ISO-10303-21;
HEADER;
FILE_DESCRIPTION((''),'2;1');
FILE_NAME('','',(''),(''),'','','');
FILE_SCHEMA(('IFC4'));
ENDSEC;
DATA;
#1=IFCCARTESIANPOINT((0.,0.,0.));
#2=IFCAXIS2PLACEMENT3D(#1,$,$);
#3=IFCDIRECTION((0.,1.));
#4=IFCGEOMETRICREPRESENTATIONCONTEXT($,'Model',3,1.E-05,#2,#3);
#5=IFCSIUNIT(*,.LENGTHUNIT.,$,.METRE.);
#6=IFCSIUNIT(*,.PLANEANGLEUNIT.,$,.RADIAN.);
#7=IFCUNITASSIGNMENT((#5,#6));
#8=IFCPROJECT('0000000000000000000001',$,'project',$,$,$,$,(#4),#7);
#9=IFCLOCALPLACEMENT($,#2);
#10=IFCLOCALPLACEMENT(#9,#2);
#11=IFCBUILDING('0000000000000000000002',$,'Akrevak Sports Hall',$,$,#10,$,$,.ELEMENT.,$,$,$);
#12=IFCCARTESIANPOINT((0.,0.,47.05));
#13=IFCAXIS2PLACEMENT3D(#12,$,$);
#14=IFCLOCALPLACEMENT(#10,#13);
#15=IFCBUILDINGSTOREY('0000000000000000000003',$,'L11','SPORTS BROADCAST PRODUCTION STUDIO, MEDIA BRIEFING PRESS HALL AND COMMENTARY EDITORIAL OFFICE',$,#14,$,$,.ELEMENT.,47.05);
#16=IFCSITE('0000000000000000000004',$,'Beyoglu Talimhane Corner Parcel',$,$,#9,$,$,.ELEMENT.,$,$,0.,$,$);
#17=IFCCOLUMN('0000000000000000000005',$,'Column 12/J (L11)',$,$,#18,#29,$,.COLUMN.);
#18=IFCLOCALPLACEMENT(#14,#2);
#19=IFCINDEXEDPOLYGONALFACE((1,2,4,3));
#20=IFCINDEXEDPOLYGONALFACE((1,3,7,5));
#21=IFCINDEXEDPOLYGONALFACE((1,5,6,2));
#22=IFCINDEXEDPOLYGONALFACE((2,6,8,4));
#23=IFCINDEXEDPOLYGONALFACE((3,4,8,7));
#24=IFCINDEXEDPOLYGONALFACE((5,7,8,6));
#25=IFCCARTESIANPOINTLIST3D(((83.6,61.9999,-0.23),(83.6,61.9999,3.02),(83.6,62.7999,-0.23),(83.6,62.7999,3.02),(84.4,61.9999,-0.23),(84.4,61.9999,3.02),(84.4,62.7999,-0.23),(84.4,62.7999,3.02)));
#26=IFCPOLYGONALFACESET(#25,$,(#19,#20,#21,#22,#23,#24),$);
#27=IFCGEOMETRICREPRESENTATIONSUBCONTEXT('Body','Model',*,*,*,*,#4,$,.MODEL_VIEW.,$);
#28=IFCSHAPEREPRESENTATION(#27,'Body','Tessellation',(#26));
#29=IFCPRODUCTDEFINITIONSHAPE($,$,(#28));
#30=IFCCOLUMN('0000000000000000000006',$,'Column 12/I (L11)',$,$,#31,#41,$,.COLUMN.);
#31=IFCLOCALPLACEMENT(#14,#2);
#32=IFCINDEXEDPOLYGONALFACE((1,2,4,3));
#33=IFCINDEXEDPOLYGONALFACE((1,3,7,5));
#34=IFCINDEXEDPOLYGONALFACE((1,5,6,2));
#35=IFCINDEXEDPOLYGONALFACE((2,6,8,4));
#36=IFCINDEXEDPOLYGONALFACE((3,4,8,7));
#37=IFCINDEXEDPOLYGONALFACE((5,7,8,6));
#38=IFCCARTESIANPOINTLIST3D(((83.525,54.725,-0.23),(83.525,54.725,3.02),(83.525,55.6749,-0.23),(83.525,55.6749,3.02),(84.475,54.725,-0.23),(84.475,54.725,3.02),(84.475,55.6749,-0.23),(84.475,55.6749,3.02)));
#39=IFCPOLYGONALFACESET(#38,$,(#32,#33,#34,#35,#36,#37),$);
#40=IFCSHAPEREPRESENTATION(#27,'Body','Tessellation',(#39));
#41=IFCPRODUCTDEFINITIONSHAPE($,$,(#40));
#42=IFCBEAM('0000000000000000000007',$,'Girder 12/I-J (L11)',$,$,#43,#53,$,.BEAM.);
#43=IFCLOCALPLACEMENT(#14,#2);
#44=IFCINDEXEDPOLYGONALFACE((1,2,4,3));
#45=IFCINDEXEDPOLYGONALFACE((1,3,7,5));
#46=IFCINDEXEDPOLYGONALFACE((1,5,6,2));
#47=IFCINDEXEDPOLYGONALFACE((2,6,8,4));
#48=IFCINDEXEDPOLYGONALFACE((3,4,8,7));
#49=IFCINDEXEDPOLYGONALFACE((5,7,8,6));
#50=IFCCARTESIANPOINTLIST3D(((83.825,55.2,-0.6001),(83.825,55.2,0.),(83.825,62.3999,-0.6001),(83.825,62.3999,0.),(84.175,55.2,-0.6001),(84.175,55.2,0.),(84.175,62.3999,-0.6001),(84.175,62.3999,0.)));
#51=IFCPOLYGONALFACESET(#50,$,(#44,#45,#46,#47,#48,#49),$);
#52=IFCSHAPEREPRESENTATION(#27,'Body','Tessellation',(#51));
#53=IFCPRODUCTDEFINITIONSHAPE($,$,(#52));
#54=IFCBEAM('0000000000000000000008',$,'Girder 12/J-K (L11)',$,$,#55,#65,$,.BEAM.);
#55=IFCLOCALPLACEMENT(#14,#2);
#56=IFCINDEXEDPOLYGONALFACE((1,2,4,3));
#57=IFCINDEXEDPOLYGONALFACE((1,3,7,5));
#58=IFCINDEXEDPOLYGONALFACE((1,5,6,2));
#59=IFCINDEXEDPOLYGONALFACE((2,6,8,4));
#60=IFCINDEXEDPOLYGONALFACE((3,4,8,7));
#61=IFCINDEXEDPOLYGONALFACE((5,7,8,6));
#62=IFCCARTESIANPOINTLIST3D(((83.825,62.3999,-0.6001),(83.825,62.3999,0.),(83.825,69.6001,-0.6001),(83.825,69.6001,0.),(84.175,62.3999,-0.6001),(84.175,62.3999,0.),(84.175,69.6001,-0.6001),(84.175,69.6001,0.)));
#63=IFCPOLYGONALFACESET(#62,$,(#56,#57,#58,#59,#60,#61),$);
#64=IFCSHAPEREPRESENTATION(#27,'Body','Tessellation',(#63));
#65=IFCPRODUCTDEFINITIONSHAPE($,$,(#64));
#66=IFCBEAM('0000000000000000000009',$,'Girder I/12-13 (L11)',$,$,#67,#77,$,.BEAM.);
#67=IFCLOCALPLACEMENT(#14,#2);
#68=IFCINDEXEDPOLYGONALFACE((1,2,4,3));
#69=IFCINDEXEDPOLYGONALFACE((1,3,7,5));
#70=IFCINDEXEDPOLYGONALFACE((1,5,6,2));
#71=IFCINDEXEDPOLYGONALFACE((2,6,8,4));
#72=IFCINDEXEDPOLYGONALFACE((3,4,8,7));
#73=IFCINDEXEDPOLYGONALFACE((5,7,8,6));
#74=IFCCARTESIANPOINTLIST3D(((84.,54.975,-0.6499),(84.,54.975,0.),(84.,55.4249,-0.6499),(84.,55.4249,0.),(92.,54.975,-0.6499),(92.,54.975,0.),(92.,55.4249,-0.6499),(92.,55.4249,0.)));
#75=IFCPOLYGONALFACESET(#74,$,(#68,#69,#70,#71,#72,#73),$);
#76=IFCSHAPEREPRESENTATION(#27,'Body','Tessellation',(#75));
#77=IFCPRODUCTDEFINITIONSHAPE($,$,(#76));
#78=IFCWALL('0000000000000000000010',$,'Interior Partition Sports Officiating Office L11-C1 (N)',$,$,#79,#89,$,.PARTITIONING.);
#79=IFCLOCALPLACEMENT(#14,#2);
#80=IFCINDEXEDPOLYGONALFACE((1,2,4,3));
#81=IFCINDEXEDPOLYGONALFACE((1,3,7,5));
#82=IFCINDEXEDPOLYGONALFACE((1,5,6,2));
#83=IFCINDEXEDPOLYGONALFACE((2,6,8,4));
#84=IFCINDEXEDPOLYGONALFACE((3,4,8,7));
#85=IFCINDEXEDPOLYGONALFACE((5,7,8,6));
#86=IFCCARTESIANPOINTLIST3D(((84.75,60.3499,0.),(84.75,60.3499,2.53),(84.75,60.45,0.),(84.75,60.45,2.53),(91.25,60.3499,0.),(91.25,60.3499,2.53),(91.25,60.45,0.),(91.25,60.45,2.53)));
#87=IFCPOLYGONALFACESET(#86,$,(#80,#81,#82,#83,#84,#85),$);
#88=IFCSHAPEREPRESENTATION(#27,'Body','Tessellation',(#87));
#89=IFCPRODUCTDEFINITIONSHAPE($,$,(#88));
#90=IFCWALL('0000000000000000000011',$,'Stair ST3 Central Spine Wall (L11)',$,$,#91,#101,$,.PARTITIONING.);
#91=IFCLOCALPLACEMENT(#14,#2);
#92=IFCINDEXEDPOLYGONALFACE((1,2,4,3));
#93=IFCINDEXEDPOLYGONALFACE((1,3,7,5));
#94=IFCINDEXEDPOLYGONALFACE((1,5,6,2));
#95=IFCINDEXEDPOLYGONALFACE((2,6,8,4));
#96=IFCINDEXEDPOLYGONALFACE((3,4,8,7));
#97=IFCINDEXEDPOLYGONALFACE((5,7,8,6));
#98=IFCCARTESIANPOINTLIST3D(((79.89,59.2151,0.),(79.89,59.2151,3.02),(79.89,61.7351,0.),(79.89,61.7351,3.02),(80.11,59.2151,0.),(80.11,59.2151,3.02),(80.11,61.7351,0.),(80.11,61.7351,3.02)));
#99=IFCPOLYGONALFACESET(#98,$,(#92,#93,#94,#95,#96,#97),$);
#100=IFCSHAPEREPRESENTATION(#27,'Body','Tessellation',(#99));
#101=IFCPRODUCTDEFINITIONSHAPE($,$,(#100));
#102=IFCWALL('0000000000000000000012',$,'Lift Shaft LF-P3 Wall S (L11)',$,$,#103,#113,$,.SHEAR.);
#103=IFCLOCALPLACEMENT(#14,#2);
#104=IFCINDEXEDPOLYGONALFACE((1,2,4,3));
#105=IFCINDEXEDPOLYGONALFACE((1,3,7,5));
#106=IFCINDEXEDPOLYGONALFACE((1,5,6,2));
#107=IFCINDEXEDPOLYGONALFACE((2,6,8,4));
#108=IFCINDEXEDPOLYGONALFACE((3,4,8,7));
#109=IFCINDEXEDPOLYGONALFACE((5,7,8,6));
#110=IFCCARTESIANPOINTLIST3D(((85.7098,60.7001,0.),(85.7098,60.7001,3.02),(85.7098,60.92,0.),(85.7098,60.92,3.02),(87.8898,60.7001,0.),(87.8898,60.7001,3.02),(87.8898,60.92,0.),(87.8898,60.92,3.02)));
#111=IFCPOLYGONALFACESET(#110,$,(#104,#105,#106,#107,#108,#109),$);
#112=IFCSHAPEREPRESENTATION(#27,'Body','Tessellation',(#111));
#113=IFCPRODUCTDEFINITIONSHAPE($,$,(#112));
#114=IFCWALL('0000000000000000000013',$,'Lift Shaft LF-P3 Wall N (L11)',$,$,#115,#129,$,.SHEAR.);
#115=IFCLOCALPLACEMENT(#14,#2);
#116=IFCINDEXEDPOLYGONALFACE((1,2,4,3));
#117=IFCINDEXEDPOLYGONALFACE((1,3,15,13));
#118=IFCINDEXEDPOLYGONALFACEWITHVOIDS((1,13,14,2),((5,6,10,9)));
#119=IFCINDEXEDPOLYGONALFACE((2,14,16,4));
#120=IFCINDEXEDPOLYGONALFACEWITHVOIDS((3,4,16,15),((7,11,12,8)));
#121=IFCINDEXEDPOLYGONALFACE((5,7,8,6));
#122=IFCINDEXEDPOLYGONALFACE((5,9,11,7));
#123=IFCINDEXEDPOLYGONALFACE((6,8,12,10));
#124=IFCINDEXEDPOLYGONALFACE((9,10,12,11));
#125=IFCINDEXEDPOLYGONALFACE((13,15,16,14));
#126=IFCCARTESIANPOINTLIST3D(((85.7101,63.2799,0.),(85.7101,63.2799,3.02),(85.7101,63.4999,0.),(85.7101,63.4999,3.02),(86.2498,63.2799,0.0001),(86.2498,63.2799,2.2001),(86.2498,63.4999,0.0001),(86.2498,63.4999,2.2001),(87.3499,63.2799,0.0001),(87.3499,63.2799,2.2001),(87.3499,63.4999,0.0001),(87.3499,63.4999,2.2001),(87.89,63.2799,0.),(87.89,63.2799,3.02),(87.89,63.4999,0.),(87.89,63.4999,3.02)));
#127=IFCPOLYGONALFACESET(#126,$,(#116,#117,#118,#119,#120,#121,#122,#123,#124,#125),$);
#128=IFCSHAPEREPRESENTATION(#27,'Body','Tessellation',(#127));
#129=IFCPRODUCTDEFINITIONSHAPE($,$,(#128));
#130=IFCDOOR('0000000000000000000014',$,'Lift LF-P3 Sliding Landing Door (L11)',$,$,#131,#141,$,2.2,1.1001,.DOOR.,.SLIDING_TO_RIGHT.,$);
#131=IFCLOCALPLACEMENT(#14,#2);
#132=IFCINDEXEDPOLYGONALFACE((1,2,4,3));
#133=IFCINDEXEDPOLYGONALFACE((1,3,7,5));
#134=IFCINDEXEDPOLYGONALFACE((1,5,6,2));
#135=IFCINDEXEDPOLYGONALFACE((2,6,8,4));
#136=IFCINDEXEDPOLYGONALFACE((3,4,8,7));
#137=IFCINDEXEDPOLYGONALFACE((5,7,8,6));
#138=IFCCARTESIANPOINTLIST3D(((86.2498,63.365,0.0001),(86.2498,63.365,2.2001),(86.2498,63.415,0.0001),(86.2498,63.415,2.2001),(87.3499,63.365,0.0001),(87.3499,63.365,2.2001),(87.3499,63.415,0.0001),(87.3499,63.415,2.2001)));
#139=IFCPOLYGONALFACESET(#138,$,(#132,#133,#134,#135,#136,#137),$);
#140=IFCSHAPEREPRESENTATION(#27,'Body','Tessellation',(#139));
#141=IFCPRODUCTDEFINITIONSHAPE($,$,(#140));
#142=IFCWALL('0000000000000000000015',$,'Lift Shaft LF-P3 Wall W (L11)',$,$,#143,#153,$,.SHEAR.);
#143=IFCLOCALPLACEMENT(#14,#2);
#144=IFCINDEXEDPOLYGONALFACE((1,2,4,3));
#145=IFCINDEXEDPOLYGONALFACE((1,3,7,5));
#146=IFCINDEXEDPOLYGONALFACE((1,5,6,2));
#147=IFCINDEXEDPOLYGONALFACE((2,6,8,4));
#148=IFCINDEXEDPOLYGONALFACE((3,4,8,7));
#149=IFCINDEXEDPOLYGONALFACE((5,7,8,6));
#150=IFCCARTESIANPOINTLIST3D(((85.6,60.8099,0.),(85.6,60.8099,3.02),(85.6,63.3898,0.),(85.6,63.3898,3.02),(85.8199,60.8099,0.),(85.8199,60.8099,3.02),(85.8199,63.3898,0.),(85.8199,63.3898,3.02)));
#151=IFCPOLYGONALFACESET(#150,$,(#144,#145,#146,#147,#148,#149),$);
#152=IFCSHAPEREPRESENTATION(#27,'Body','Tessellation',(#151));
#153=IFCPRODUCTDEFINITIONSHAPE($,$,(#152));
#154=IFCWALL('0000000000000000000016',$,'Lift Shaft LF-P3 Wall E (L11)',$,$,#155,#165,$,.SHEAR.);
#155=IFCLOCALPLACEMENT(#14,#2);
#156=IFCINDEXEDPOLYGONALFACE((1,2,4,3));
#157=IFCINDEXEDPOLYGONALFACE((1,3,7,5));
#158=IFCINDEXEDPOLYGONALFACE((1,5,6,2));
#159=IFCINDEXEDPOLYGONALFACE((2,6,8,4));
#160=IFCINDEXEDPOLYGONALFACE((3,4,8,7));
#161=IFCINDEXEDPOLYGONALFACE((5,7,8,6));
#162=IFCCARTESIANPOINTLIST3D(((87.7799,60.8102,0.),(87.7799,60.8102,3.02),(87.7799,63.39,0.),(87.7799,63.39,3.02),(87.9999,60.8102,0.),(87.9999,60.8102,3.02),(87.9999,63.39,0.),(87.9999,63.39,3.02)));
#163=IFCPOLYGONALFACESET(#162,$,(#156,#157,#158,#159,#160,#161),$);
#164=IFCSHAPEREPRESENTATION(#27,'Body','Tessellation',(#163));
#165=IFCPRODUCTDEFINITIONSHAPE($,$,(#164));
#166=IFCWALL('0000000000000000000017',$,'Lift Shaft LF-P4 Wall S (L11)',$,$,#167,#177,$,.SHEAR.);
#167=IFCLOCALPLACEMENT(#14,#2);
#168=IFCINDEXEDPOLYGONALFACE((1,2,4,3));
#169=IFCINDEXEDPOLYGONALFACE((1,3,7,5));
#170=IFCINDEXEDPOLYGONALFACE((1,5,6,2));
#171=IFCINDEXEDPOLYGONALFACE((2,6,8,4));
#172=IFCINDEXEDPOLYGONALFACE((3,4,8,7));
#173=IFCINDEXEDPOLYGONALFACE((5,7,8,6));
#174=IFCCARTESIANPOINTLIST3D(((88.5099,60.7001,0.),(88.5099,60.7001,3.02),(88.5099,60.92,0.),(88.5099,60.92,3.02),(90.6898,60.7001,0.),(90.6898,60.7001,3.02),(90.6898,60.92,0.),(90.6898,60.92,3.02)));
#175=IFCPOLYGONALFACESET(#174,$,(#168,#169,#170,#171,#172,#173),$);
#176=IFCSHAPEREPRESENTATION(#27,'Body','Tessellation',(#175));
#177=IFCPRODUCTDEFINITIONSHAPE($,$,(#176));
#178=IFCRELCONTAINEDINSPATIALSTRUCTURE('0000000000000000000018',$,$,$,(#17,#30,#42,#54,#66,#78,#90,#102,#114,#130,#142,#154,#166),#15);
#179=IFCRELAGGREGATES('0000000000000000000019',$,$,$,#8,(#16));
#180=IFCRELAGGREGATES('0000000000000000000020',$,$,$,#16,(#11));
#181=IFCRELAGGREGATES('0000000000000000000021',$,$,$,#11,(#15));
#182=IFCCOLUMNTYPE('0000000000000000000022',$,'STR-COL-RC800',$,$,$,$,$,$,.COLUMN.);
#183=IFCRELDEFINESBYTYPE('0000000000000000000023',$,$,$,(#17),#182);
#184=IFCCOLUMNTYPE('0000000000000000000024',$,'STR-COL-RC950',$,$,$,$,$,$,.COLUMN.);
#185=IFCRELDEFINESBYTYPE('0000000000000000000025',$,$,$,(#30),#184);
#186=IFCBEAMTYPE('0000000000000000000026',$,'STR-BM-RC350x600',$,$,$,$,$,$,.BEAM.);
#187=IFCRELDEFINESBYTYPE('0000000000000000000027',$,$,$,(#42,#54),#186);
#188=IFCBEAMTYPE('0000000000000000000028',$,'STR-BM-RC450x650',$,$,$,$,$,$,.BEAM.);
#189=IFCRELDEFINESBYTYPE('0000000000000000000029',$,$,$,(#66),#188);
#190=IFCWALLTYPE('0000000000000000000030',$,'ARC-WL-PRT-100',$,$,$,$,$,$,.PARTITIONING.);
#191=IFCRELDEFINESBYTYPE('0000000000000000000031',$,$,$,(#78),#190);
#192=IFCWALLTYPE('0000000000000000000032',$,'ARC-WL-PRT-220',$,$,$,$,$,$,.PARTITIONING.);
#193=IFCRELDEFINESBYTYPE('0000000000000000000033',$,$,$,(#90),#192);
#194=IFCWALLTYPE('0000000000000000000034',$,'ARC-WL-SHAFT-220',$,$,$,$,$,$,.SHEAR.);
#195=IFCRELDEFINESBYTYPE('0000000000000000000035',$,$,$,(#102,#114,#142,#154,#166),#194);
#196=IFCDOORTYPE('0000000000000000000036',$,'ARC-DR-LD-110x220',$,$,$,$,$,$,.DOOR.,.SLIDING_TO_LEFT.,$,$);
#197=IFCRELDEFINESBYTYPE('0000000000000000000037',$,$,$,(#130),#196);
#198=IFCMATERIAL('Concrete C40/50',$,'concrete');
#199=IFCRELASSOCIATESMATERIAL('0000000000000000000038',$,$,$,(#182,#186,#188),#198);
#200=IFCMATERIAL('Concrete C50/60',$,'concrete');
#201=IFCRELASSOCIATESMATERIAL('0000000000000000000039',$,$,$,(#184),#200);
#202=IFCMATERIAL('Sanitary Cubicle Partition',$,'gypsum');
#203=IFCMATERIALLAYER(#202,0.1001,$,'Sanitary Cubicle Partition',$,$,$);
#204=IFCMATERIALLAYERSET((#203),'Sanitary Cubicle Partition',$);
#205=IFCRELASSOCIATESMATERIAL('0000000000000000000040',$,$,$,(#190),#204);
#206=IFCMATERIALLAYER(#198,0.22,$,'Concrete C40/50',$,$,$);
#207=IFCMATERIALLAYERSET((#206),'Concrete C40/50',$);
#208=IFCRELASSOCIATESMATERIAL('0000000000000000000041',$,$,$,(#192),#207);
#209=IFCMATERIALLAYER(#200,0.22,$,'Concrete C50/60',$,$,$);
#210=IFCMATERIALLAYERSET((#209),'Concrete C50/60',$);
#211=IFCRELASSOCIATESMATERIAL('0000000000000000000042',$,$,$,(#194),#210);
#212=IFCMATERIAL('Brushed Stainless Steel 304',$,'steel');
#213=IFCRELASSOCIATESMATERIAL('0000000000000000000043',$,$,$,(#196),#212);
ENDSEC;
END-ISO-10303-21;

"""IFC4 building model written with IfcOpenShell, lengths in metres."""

from ifc_helpers import new_model, si_unit, direction, frame, frame_2d, origin, origin_2d, place, context, subcontext, project, spatial, rectangle, extrude, material, layer, layer_set, material_profile, profile_set, type_object, element, fill, save


model = new_model("IFC4")

# Units and contexts
model_context = context("Model", 3, precision=1e-05, world=origin(), true_north=direction((0.0, 1.0)))
body_context = subcontext(model_context, "Body", "Model", "MODEL_VIEW")
ifc_project = project(units=[si_unit("LENGTHUNIT", "METRE"), si_unit("PLANEANGLEUNIT", "RADIAN")], contexts=[model_context])

# Site, building, storey
site_placement = place(None, origin())
site = spatial("IfcSite", under=ifc_project, at=site_placement, Name="Beyoglu Talimhane Corner Parcel", CompositionType="ELEMENT", RefElevation=0.0)
building_placement = place(site_placement, origin())
building = spatial("IfcBuilding", under=site, at=building_placement, Name="Akrevak Sports Hall", CompositionType="ELEMENT")
storey_placement = place(building_placement, frame((0.0, 0.0, 47.05)))
storey = spatial("IfcBuildingStorey", under=building, at=storey_placement, Name="L11", Description="SPORTS BROADCAST PRODUCTION STUDIO, MEDIA BRIEFING PRESS HALL AND COMMENTARY EDITORIAL OFFICE", CompositionType="ELEMENT", Elevation=47.05)

# Columns
ifc_material_1 = material(Name="Concrete C40/50", Category="concrete")
ifc_material_profile_1 = material_profile(ifc_material_1, rectangle(XDim=0.8, YDim=0.8, at=origin_2d()), Name="RC 800x800", Category="concrete")
ifc_profile_set_1 = profile_set([ifc_material_profile_1], Name="Concrete C40/50")
column_type_1 = type_object("IfcColumnType", Name="STR-COL-RC800", PredefinedType="COLUMN", material=ifc_profile_set_1)
column_1_placement = place(storey_placement, frame((84.0, 62.3999, -0.23), z_axis=(0.0, 0.0, 1.0), x_axis=(1.0, 0.0, 0.0)))
element("IfcColumn", 1, at=column_1_placement, inside=storey, type_object=column_type_1, Name="Column 12/J (L11)", PredefinedType="COLUMN", context=body_context, shape_type="SweptSolid", body=[
    extrude(rectangle(XDim=0.8, YDim=0.8, at=origin_2d()), origin(), (0.0, 0.0, 1.0), 3.25),
])
ifc_material_2 = material(Name="Concrete C50/60", Category="concrete")
ifc_material_profile_2 = material_profile(ifc_material_2, rectangle(XDim=0.95, YDim=0.95, at=origin_2d()), Name="RC 950x950", Category="concrete")
ifc_profile_set_2 = profile_set([ifc_material_profile_2], Name="Concrete C50/60")
column_type_2 = type_object("IfcColumnType", Name="STR-COL-RC950", PredefinedType="COLUMN", material=ifc_profile_set_2)
column_2_placement = place(storey_placement, frame((84.0, 55.2, -0.23), z_axis=(0.0, 0.0, 1.0), x_axis=(1.0, 0.0, 0.0)))
element("IfcColumn", 2, at=column_2_placement, inside=storey, type_object=column_type_2, Name="Column 12/I (L11)", PredefinedType="COLUMN", context=body_context, shape_type="SweptSolid", body=[
    extrude(rectangle(XDim=0.95, YDim=0.95, at=origin_2d()), origin(), (0.0, 0.0, 1.0), 3.25),
])

# Beams
ifc_material_profile_3 = material_profile(ifc_material_1, rectangle(XDim=0.3501, YDim=0.6001, at=origin_2d()), Name="BM 350x600", Category="concrete")
ifc_profile_set_3 = profile_set([ifc_material_profile_3], Name="Concrete C40/50")
beam_type_1 = type_object("IfcBeamType", Name="STR-BM-RC350x600", PredefinedType="BEAM", material=ifc_profile_set_3)
beam_1_placement = place(storey_placement, frame((84.0, 55.2, -0.3), z_axis=(0.0, 1.0, 0.0), x_axis=(-1.0, 0.0, 0.0)))
element("IfcBeam", 3, at=beam_1_placement, inside=storey, type_object=beam_type_1, Name="Girder 12/I-J (L11)", PredefinedType="BEAM", context=body_context, shape_type="SweptSolid", body=[
    extrude(rectangle(XDim=0.3501, YDim=0.6001, at=origin_2d()), origin(), (0.0, 0.0, 1.0), 7.2),
])
beam_2_placement = place(storey_placement, frame((84.0, 62.3999, -0.3), z_axis=(0.0, 1.0, 0.0), x_axis=(-1.0, 0.0, 0.0)))
element("IfcBeam", 4, at=beam_2_placement, inside=storey, type_object=beam_type_1, Name="Girder 12/J-K (L11)", PredefinedType="BEAM", context=body_context, shape_type="SweptSolid", body=[
    extrude(rectangle(XDim=0.3501, YDim=0.6001, at=origin_2d()), origin(), (0.0, 0.0, 1.0), 7.2002),
])
ifc_material_profile_4 = material_profile(ifc_material_1, rectangle(XDim=0.45, YDim=0.6499, at=origin_2d()), Name="BM 450x650", Category="concrete")
ifc_profile_set_4 = profile_set([ifc_material_profile_4], Name="Concrete C40/50")
beam_type_2 = type_object("IfcBeamType", Name="STR-BM-RC450x650", PredefinedType="BEAM", material=ifc_profile_set_4)
beam_3_placement = place(storey_placement, frame((84.0, 55.2, -0.325), z_axis=(1.0, 0.0, 0.0), x_axis=(0.0, 1.0, 0.0)))
element("IfcBeam", 5, at=beam_3_placement, inside=storey, type_object=beam_type_2, Name="Girder I/12-13 (L11)", PredefinedType="BEAM", context=body_context, shape_type="SweptSolid", body=[
    extrude(rectangle(XDim=0.45, YDim=0.6499, at=origin_2d()), origin(), (0.0, 0.0, 1.0), 8.0),
])

# Walls
ifc_material_3 = material(Name="Sanitary Cubicle Partition", Category="gypsum")
ifc_layer_1 = layer(ifc_material_3, 0.1001, Name="Sanitary Cubicle Partition")
ifc_layer_set_1 = layer_set([ifc_layer_1], Name="Sanitary Cubicle Partition")
wall_type_1 = type_object("IfcWallType", Name="ARC-WL-PRT-100", PredefinedType="PARTITIONING", material=ifc_layer_set_1)
wall_1_placement = place(storey_placement, frame((84.75, 60.3999, 0.0), z_axis=(0.0, 0.0, 1.0), x_axis=(1.0, 0.0, 0.0)))
element("IfcWall", 6, at=wall_1_placement, inside=storey, type_object=wall_type_1, Name="Interior Partition Sports Officiating Office L11-C1 (N)", PredefinedType="PARTITIONING", context=body_context, shape_type="SweptSolid", body=[
    extrude(rectangle(XDim=6.5, YDim=0.1001, at=frame_2d((3.25, 0.0))), origin(), (0.0, 0.0, 1.0), 2.53),
])
ifc_layer_2 = layer(ifc_material_1, 0.22, Name="Concrete C40/50")
ifc_layer_set_2 = layer_set([ifc_layer_2], Name="Concrete C40/50")
wall_type_2 = type_object("IfcWallType", Name="ARC-WL-PRT-220", PredefinedType="PARTITIONING", material=ifc_layer_set_2)
wall_2_placement = place(storey_placement, frame((80.0, 59.2151, 0.0), z_axis=(0.0, 0.0, 1.0), x_axis=(0.0, 1.0, 0.0)))
element("IfcWall", 7, at=wall_2_placement, inside=storey, type_object=wall_type_2, Name="Stair ST3 Central Spine Wall (L11)", PredefinedType="PARTITIONING", context=body_context, shape_type="SweptSolid", body=[
    extrude(rectangle(XDim=2.52, YDim=0.22, at=frame_2d((1.26, 0.0))), origin(), (0.0, 0.0, 1.0), 3.02),
])
ifc_layer_3 = layer(ifc_material_2, 0.22, Name="Concrete C50/60")
ifc_layer_set_3 = layer_set([ifc_layer_3], Name="Concrete C50/60")
wall_type_3 = type_object("IfcWallType", Name="ARC-WL-SHAFT-220", PredefinedType="SHEAR", material=ifc_layer_set_3)
wall_3_placement = place(storey_placement, frame((85.71, 60.8101, 0.0), z_axis=(0.0, 0.0, 1.0), x_axis=(1.0, 0.0, 0.0)))
element("IfcWall", 8, at=wall_3_placement, inside=storey, type_object=wall_type_3, Name="Lift Shaft LF-P3 Wall S (L11)", PredefinedType="SHEAR", context=body_context, shape_type="SweptSolid", body=[
    extrude(rectangle(XDim=2.1799, YDim=0.22, at=frame_2d((1.0898, 0.0))), origin(), (0.0, 0.0, 1.0), 3.02),
])

# Wall, opening, door
wall_4_placement = place(storey_placement, frame((87.8899, 63.3899, 0.0), z_axis=(0.0, 0.0, 1.0), x_axis=(-1.0, 0.0, 0.0)))
wall_4 = element("IfcWall", 9, at=wall_4_placement, inside=storey, type_object=wall_type_3, Name="Lift Shaft LF-P3 Wall N (L11)", PredefinedType="SHEAR", context=body_context, shape_type="SweptSolid", body=[
    extrude(rectangle(XDim=2.1799, YDim=0.22, at=frame_2d((1.0898, 0.0))), origin(), (0.0, 0.0, 1.0), 3.02),
])
opening_1_placement = place(wall_4_placement, frame((0.54, 0.0, 0.0)))
opening_1 = element("IfcOpeningElement", 10, at=opening_1_placement, cuts=wall_4, PredefinedType="OPENING", context=body_context, shape_type="SweptSolid", body=[
    extrude(rectangle(XDim=1.1001, YDim=2.2, at=frame_2d((0.55, 1.1001))), frame((0.0, 0.1221, 0.0), z_axis=(0.0, -1.0, 0.0), x_axis=(1.0, 0.0, 0.0)), (0.0, 0.0, 1.0), 0.2439),
])
ifc_material_4 = material(Name="Brushed Stainless Steel 304", Category="steel")
door_type_1 = type_object("IfcDoorType", Name="ARC-DR-LD-110x220", OperationType="SLIDING_TO_LEFT", PredefinedType="DOOR", material=ifc_material_4)
door_1_placement = place(opening_1_placement, origin())
door_1 = element("IfcDoor", 11, at=door_1_placement, inside=storey, type_object=door_type_1, Name="Lift LF-P3 Sliding Landing Door (L11)", OperationType="SLIDING_TO_RIGHT", OverallHeight=2.2, OverallWidth=1.1001, PredefinedType="DOOR", context=body_context, shape_type="SweptSolid", body=[
    extrude(rectangle(XDim=1.1001, YDim=2.2, at=frame_2d((0.55, 1.1001))), frame((0.0, 0.0249, 0.0), z_axis=(0.0, -1.0, 0.0), x_axis=(1.0, 0.0, 0.0)), (0.0, 0.0, 1.0), 0.05),
])
fill(opening_1, door_1)

# Walls
for number, where, z_axis, x_axis, name in (
    (12, (85.71, 63.3899, 0.0), (0.0, 0.0, 1.0), (0.0, -1.0, 0.0), "Lift Shaft LF-P3 Wall W (L11)"),
    (13, (87.8899, 60.8101, 0.0), (0.0, 0.0, 1.0), (0.0, 1.0, 0.0), "Lift Shaft LF-P3 Wall E (L11)"),
):
    element("IfcWall", number, at=place(storey_placement, frame(where, z_axis=z_axis, x_axis=x_axis)), inside=storey, type_object=wall_type_3, Name=name, PredefinedType="SHEAR", context=body_context, shape_type="SweptSolid", body=[
        extrude(rectangle(XDim=2.5798, YDim=0.22, at=frame_2d((1.29, 0.0))), origin(), (0.0, 0.0, 1.0), 3.02),
    ])
wall_5_placement = place(storey_placement, frame((88.51, 60.8101, 0.0), z_axis=(0.0, 0.0, 1.0), x_axis=(1.0, 0.0, 0.0)))
element("IfcWall", 14, at=wall_5_placement, inside=storey, type_object=wall_type_3, Name="Lift Shaft LF-P4 Wall S (L11)", PredefinedType="SHEAR", context=body_context, shape_type="SweptSolid", body=[
    extrude(rectangle(XDim=2.1799, YDim=0.22, at=frame_2d((1.0898, 0.0))), origin(), (0.0, 0.0, 1.0), 3.02),
])

save(model, "model.ifc")
